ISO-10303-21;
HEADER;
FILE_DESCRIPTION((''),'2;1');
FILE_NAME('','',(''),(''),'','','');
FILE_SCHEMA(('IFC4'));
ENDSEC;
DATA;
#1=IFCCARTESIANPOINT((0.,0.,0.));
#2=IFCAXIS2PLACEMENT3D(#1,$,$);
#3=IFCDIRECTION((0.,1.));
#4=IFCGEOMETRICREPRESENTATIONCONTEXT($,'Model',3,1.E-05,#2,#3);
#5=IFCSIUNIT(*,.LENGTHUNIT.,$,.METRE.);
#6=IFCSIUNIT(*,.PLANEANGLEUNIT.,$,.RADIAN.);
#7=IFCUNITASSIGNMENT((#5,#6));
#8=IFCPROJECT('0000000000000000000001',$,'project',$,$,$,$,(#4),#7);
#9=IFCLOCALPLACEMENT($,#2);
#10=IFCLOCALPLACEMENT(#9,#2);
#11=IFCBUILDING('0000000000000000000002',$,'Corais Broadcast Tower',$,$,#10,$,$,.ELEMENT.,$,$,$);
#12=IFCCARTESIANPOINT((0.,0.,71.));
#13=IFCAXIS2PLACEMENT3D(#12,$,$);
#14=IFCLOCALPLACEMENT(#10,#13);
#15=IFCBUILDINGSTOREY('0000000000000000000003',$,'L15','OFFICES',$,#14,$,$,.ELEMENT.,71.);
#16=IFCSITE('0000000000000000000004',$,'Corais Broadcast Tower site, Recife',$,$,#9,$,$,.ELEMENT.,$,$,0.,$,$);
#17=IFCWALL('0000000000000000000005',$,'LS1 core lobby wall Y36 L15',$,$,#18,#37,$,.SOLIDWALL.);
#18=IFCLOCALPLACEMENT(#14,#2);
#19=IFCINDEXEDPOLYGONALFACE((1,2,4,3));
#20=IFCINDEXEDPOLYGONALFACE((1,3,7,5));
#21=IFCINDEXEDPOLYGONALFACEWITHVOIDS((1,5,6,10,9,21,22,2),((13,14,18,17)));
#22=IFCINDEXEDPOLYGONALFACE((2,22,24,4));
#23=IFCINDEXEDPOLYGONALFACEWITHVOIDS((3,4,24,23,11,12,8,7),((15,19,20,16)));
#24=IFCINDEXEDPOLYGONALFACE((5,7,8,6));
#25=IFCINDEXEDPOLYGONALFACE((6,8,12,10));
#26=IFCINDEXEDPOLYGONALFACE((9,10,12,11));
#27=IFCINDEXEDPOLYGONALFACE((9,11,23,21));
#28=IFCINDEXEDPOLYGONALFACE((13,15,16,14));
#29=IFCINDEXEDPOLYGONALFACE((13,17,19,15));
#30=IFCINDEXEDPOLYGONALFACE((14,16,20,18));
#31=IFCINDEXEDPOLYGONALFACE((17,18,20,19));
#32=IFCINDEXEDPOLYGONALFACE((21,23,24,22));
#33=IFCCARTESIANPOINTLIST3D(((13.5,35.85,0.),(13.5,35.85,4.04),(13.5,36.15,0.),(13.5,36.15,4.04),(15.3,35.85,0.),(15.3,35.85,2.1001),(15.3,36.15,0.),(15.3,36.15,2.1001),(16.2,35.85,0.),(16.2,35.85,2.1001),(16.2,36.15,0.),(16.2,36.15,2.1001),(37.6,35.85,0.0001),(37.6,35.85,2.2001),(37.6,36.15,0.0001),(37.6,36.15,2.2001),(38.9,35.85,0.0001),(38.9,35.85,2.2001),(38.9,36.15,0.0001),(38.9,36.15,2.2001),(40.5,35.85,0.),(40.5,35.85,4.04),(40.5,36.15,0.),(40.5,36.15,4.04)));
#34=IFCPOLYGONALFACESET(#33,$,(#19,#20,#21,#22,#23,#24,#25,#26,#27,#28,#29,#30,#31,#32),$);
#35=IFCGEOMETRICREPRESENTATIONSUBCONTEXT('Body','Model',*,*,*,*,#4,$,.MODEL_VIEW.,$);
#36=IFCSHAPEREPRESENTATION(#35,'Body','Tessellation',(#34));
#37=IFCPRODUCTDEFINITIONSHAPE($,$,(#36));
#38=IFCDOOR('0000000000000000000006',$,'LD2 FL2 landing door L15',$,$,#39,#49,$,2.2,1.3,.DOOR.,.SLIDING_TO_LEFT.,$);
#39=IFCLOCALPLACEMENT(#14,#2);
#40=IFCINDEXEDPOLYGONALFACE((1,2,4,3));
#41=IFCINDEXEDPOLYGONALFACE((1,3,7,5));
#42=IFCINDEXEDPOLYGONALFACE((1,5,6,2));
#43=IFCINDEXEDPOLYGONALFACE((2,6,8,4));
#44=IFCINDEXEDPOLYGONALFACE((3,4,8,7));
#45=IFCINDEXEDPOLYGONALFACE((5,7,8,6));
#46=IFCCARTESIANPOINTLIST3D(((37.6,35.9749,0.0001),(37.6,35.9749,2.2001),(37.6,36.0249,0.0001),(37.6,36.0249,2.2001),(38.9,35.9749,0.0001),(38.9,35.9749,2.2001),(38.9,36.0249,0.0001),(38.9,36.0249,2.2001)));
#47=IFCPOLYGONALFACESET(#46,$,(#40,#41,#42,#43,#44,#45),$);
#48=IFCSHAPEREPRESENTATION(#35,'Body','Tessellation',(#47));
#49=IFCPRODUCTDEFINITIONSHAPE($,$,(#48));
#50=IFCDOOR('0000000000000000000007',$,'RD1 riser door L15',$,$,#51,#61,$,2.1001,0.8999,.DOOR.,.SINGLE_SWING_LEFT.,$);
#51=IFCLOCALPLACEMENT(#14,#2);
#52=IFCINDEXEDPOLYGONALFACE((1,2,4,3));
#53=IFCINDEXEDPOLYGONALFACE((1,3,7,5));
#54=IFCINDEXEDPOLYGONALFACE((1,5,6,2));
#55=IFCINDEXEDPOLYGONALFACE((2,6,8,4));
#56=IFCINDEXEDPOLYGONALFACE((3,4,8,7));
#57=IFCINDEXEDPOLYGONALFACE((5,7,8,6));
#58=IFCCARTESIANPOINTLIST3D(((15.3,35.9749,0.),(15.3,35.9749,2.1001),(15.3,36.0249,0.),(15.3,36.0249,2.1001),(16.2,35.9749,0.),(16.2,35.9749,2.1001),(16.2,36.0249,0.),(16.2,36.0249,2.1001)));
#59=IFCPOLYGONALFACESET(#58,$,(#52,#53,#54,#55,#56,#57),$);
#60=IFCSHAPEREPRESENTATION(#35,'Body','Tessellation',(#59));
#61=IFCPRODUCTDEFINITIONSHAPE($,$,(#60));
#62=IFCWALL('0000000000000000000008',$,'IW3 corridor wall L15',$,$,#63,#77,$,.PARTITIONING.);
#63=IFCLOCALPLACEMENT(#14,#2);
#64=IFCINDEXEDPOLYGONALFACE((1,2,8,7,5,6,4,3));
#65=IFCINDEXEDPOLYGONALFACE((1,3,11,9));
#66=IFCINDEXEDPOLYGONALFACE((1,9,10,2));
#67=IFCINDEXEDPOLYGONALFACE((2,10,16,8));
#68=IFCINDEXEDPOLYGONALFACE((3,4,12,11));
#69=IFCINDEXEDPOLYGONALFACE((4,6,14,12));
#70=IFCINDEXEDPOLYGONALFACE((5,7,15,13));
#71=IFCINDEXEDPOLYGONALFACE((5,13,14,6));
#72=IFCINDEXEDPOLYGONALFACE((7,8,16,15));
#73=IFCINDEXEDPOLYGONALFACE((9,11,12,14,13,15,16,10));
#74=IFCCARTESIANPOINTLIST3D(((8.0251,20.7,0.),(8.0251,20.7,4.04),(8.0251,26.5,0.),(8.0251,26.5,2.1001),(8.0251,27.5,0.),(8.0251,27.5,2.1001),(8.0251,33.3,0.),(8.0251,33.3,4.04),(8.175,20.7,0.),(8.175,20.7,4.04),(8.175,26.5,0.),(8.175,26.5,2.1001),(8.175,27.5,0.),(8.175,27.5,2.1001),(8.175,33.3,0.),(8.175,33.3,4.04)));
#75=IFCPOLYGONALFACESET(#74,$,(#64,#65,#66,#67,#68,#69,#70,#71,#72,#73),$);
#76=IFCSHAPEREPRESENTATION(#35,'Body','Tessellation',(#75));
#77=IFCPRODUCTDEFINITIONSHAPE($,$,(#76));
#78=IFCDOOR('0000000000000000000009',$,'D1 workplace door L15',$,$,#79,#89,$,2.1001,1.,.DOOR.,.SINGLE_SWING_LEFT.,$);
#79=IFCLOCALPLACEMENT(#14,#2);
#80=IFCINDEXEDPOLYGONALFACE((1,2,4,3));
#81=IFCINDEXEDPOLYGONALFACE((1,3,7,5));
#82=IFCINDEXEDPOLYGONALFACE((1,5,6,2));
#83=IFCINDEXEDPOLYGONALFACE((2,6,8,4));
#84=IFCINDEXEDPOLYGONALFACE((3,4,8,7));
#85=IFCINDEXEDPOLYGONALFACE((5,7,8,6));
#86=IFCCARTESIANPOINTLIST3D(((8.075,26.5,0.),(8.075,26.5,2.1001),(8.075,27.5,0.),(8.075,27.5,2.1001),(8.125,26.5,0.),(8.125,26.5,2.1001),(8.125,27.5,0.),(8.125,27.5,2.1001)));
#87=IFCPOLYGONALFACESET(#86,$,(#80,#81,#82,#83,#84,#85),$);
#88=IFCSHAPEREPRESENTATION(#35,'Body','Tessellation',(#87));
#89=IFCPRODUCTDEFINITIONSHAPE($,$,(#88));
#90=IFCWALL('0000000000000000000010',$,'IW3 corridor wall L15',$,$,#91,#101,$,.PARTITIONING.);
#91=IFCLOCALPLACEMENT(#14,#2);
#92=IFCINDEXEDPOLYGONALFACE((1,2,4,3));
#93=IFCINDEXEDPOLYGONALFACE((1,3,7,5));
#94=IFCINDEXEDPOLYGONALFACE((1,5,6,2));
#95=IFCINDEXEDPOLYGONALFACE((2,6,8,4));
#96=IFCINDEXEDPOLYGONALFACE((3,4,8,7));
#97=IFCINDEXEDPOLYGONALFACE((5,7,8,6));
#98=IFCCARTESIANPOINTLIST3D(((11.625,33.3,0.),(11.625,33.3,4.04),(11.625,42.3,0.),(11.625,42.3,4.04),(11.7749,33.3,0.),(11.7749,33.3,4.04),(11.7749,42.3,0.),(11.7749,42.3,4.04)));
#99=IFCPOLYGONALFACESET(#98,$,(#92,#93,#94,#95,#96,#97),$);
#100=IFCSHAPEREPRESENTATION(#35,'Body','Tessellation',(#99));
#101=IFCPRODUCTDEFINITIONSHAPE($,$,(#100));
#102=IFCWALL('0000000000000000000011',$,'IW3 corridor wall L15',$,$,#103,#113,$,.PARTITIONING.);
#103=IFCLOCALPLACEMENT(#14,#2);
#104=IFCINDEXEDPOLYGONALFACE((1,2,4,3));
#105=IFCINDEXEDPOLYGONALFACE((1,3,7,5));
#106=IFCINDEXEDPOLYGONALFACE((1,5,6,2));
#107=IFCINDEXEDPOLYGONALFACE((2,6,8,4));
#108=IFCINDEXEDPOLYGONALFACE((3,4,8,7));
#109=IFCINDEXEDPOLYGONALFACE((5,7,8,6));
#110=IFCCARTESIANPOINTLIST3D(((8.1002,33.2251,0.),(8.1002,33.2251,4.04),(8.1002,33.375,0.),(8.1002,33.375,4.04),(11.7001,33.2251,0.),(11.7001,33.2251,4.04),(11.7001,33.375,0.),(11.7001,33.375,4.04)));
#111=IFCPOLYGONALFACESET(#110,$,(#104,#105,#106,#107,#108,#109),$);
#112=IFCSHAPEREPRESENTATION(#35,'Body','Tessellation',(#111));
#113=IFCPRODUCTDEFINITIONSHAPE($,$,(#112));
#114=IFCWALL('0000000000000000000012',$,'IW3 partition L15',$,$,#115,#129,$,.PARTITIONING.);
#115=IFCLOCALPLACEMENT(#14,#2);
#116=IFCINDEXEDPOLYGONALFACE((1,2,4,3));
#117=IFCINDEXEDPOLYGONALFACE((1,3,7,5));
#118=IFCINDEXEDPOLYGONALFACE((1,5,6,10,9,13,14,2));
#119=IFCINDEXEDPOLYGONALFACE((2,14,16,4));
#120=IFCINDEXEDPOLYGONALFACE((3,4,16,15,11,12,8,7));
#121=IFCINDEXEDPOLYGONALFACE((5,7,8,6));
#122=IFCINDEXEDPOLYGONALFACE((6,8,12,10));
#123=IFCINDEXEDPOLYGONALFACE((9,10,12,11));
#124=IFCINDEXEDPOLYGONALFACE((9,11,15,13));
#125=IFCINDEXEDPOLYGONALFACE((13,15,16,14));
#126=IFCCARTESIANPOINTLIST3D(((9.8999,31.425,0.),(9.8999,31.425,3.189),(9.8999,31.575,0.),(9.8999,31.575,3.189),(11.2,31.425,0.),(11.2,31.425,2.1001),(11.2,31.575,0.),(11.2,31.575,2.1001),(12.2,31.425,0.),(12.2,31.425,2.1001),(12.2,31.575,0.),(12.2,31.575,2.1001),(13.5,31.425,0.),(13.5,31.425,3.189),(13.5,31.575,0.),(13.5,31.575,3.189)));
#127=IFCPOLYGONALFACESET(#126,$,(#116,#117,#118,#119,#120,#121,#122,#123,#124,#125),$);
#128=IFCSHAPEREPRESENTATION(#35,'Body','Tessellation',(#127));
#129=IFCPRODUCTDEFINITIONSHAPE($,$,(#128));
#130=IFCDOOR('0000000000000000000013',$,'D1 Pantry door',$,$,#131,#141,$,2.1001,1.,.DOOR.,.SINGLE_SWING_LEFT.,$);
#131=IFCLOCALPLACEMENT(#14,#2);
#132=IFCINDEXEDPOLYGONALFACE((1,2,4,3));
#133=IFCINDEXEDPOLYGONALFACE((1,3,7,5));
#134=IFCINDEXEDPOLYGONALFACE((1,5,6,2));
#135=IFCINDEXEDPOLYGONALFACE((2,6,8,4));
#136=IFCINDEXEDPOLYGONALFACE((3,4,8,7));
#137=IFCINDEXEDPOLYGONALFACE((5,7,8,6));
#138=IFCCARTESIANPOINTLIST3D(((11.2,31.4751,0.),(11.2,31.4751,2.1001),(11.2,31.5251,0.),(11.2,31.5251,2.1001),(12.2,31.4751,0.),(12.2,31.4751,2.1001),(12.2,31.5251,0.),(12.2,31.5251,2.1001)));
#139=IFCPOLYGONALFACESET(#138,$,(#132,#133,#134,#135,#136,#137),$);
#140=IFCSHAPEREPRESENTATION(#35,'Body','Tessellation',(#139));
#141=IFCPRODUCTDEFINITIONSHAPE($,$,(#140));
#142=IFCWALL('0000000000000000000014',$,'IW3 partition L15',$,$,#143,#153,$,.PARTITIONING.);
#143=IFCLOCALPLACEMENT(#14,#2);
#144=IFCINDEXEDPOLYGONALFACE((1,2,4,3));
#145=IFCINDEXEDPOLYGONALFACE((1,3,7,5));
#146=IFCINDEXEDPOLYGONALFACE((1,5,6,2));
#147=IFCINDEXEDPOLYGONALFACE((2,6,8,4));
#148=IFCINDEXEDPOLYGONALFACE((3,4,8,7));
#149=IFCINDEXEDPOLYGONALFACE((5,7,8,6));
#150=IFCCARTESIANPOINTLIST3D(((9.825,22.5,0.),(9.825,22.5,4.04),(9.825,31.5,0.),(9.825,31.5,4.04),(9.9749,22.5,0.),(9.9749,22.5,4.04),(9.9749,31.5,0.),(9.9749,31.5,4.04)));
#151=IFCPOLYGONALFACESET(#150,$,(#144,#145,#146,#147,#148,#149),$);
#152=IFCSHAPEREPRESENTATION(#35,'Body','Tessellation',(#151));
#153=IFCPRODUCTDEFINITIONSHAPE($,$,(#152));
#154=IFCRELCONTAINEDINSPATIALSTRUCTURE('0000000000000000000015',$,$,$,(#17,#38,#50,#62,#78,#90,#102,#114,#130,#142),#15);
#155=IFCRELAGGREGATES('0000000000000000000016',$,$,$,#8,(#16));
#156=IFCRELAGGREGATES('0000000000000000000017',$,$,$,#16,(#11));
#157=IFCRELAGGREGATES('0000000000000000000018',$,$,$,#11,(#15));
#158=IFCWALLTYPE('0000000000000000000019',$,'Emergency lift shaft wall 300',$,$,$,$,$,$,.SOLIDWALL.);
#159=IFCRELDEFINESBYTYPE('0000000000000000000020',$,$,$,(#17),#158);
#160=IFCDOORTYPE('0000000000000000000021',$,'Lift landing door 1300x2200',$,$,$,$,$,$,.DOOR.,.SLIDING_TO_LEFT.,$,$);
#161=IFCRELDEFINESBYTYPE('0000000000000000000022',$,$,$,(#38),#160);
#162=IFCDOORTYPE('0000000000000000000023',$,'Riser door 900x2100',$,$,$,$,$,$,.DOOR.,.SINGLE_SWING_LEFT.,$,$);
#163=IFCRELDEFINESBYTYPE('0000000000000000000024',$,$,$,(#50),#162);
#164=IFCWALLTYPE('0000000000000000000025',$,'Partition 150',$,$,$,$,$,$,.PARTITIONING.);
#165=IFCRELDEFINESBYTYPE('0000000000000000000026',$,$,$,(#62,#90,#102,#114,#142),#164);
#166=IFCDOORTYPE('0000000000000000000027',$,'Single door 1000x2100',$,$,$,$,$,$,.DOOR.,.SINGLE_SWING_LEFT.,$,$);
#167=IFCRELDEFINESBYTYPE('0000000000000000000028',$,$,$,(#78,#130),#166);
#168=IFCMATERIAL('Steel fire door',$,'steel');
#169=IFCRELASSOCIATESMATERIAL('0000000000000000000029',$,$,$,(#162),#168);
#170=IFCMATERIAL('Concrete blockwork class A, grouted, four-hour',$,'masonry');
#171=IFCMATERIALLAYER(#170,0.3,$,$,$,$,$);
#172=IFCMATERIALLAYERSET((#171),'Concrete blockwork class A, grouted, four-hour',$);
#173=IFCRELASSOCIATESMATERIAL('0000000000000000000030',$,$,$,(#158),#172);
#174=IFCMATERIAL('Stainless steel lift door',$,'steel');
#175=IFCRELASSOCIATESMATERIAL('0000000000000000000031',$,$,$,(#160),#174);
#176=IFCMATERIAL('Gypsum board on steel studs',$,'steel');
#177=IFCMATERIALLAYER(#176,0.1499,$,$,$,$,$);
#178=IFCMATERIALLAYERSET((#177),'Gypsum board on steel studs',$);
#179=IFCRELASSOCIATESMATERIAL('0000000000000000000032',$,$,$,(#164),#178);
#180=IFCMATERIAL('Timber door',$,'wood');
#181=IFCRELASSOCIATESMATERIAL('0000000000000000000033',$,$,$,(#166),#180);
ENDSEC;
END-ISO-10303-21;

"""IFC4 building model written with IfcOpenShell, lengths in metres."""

from ifc_helpers import new_model, si_unit, direction, frame, frame_2d, origin, place, context, subcontext, project, spatial, rectangle, extrude, material, layer, layer_set, type_object, element, fill, save


model = new_model("IFC4")

# Units and contexts
model_context = context("Model", 3, precision=1e-05, world=origin(), true_north=direction((0.0, 1.0)))
body_context = subcontext(model_context, "Body", "Model", "MODEL_VIEW")
ifc_project = project(units=[si_unit("LENGTHUNIT", "METRE"), si_unit("PLANEANGLEUNIT", "RADIAN")], contexts=[model_context])

# Site, building, storey
site_placement = place(None, origin())
site = spatial("IfcSite", under=ifc_project, at=site_placement, Name="Corais Broadcast Tower site, Recife", CompositionType="ELEMENT", RefElevation=0.0)
building_placement = place(site_placement, origin())
building = spatial("IfcBuilding", under=site, at=building_placement, Name="Corais Broadcast Tower", CompositionType="ELEMENT")
storey_placement = place(building_placement, frame((0.0, 0.0, 71.0)))
storey = spatial("IfcBuildingStorey", under=building, at=storey_placement, Name="L15", Description="OFFICES", CompositionType="ELEMENT", Elevation=71.0)

# Wall, openings, doors
ifc_material_1 = material(Name="Steel fire door", Category="steel")
door_type_1 = type_object("IfcDoorType", Name="Riser door 900x2100", OperationType="SINGLE_SWING_LEFT", PredefinedType="DOOR", material=ifc_material_1)
ifc_material_2 = material(Name="Concrete blockwork class A, grouted, four-hour", Category="masonry")
ifc_layer_1 = layer(ifc_material_2, 0.3)
ifc_layer_set_1 = layer_set([ifc_layer_1], Name="Concrete blockwork class A, grouted, four-hour")
wall_type_1 = type_object("IfcWallType", Name="Emergency lift shaft wall 300", PredefinedType="SOLIDWALL", material=ifc_layer_set_1)
wall_1_placement = place(storey_placement, frame((13.5, 36.0, 0.0), z_axis=(0.0, 0.0, 1.0), x_axis=(1.0, 0.0, 0.0)))
wall_1 = element("IfcWall", 1, at=wall_1_placement, inside=storey, type_object=wall_type_1, Name="LS1 core lobby wall Y36 L15", PredefinedType="SOLIDWALL", context=body_context, shape_type="SweptSolid", body=[
    extrude(rectangle(XDim=27.0, YDim=0.3, at=frame_2d((13.5, 0.0))), origin(), (0.0, 0.0, 1.0), 4.04),
])
opening_1_placement = place(wall_1_placement, frame((1.8, 0.0, 0.0)))
opening_1 = element("IfcOpeningElement", 2, at=opening_1_placement, cuts=wall_1, PredefinedType="OPENING", context=body_context, shape_type="SweptSolid", body=[
    extrude(rectangle(XDim=0.8999, YDim=2.1001, at=frame_2d((0.45, 1.05))), frame((0.0, 0.1599, 0.0), z_axis=(0.0, -1.0, 0.0), x_axis=(1.0, 0.0, 0.0)), (0.0, 0.0, 1.0), 0.3201),
])
opening_2_placement = place(wall_1_placement, frame((24.1001, 0.0, 0.0)))
opening_2 = element("IfcOpeningElement", 3, at=opening_2_placement, cuts=wall_1, PredefinedType="OPENING", context=body_context, shape_type="SweptSolid", body=[
    extrude(rectangle(XDim=1.3, YDim=2.2, at=frame_2d((0.6499, 1.1001))), frame((0.0, 0.1599, 0.0), z_axis=(0.0, -1.0, 0.0), x_axis=(1.0, 0.0, 0.0)), (0.0, 0.0, 1.0), 0.3201),
])
ifc_material_3 = material(Name="Stainless steel lift door", Category="steel")
door_type_2 = type_object("IfcDoorType", Name="Lift landing door 1300x2200", OperationType="SLIDING_TO_LEFT", PredefinedType="DOOR", material=ifc_material_3)
door_1_placement = place(opening_2_placement, origin())
door_1 = element("IfcDoor", 4, at=door_1_placement, inside=storey, type_object=door_type_2, Name="LD2 FL2 landing door L15", OperationType="SLIDING_TO_LEFT", OverallHeight=2.2, OverallWidth=1.3, PredefinedType="DOOR", context=body_context, shape_type="SweptSolid", body=[
    extrude(rectangle(XDim=1.3, YDim=2.2, at=frame_2d((0.6499, 1.1001))), frame((0.0, 0.0249, 0.0), z_axis=(0.0, -1.0, 0.0), x_axis=(1.0, 0.0, 0.0)), (0.0, 0.0, 1.0), 0.05),
])
fill(opening_2, door_1)
door_2_placement = place(opening_1_placement, origin())
door_2 = element("IfcDoor", 5, at=door_2_placement, inside=storey, type_object=door_type_1, Name="RD1 riser door L15", OperationType="SINGLE_SWING_LEFT", OverallHeight=2.1001, OverallWidth=0.8999, PredefinedType="DOOR", context=body_context, shape_type="SweptSolid", body=[
    extrude(rectangle(XDim=0.8999, YDim=2.1001, at=frame_2d((0.45, 1.05))), frame((0.0, 0.0249, 0.0), z_axis=(0.0, -1.0, 0.0), x_axis=(1.0, 0.0, 0.0)), (0.0, 0.0, 1.0), 0.05),
])
fill(opening_1, door_2)

# Wall, opening, door
ifc_material_4 = material(Name="Gypsum board on steel studs", Category="steel")
ifc_layer_2 = layer(ifc_material_4, 0.1499)
ifc_layer_set_2 = layer_set([ifc_layer_2], Name="Gypsum board on steel studs")
wall_type_2 = type_object("IfcWallType", Name="Partition 150", PredefinedType="PARTITIONING", material=ifc_layer_set_2)
wall_2_placement = place(storey_placement, frame((8.1001, 33.3, 0.0), z_axis=(0.0, 0.0, 1.0), x_axis=(0.0, -1.0, 0.0)))
wall_2 = element("IfcWall", 6, at=wall_2_placement, inside=storey, type_object=wall_type_2, Name="IW3 corridor wall L15", PredefinedType="PARTITIONING", context=body_context, shape_type="SweptSolid", body=[
    extrude(rectangle(XDim=12.6001, YDim=0.1499, at=frame_2d((6.3, 0.0))), origin(), (0.0, 0.0, 1.0), 4.04),
])
opening_3_placement = place(wall_2_placement, frame((5.8, 0.0, 0.0)))
opening_3 = element("IfcOpeningElement", 7, at=opening_3_placement, cuts=wall_2, PredefinedType="OPENING", context=body_context, shape_type="SweptSolid", body=[
    extrude(rectangle(XDim=1.0, YDim=2.1001, at=frame_2d((0.5, 1.05))), frame((0.0, 0.085, 0.0), z_axis=(0.0, -1.0, 0.0), x_axis=(1.0, 0.0, 0.0)), (0.0, 0.0, 1.0), 0.1699),
])
ifc_material_5 = material(Name="Timber door", Category="wood")
door_type_3 = type_object("IfcDoorType", Name="Single door 1000x2100", OperationType="SINGLE_SWING_LEFT", PredefinedType="DOOR", material=ifc_material_5)
door_3_placement = place(opening_3_placement, origin())
door_3 = element("IfcDoor", 8, at=door_3_placement, inside=storey, type_object=door_type_3, Name="D1 workplace door L15", OperationType="SINGLE_SWING_LEFT", OverallHeight=2.1001, OverallWidth=1.0, PredefinedType="DOOR", context=body_context, shape_type="SweptSolid", body=[
    extrude(rectangle(XDim=1.0, YDim=2.1001, at=frame_2d((0.5, 1.05))), frame((0.0, 0.0249, 0.0), z_axis=(0.0, -1.0, 0.0), x_axis=(1.0, 0.0, 0.0)), (0.0, 0.0, 1.0), 0.05),
])
fill(opening_3, door_3)

# Walls
wall_3_placement = place(storey_placement, frame((11.7, 42.3, 0.0), z_axis=(0.0, 0.0, 1.0), x_axis=(0.0, -1.0, 0.0)))
element("IfcWall", 9, at=wall_3_placement, inside=storey, type_object=wall_type_2, Name="IW3 corridor wall L15", PredefinedType="PARTITIONING", context=body_context, shape_type="SweptSolid", body=[
    extrude(rectangle(XDim=9.0, YDim=0.1499, at=frame_2d((4.5, 0.0))), origin(), (0.0, 0.0, 1.0), 4.04),
])
wall_4_placement = place(storey_placement, frame((11.7, 33.3, 0.0), z_axis=(0.0, 0.0, 1.0), x_axis=(-1.0, 0.0, 0.0)))
element("IfcWall", 10, at=wall_4_placement, inside=storey, type_object=wall_type_2, Name="IW3 corridor wall L15", PredefinedType="PARTITIONING", context=body_context, shape_type="SweptSolid", body=[
    extrude(rectangle(XDim=3.5999, YDim=0.1499, at=frame_2d((1.7998, 0.0))), origin(), (0.0, 0.0, 1.0), 4.04),
])

# Wall, opening, door
wall_5_placement = place(storey_placement, frame((13.5, 31.5, 0.0), z_axis=(0.0, 0.0, 1.0), x_axis=(-1.0, 0.0, 0.0)))
wall_5 = element("IfcWall", 11, at=wall_5_placement, inside=storey, type_object=wall_type_2, Name="IW3 partition L15", PredefinedType="PARTITIONING", context=body_context, shape_type="SweptSolid", body=[
    extrude(rectangle(XDim=3.6001, YDim=0.1499, at=frame_2d((1.8, 0.0))), origin(), (0.0, 0.0, 1.0), 3.189),
])
opening_4_placement = place(wall_5_placement, frame((1.3, 0.0, 0.0)))
opening_4 = element("IfcOpeningElement", 12, at=opening_4_placement, cuts=wall_5, PredefinedType="OPENING", context=body_context, shape_type="SweptSolid", body=[
    extrude(rectangle(XDim=1.0, YDim=2.1001, at=frame_2d((0.5, 1.05))), frame((0.0, 0.085, 0.0), z_axis=(0.0, -1.0, 0.0), x_axis=(1.0, 0.0, 0.0)), (0.0, 0.0, 1.0), 0.1699),
])
door_4_placement = place(opening_4_placement, origin())
door_4 = element("IfcDoor", 13, at=door_4_placement, inside=storey, type_object=door_type_3, Name="D1 Pantry door", OperationType="SINGLE_SWING_LEFT", OverallHeight=2.1001, OverallWidth=1.0, PredefinedType="DOOR", context=body_context, shape_type="SweptSolid", body=[
    extrude(rectangle(XDim=1.0, YDim=2.1001, at=frame_2d((0.5, 1.05))), frame((0.0, 0.0249, 0.0), z_axis=(0.0, -1.0, 0.0), x_axis=(1.0, 0.0, 0.0)), (0.0, 0.0, 1.0), 0.05),
])
fill(opening_4, door_4)

# Wall
wall_6_placement = place(storey_placement, frame((9.8999, 31.5, 0.0), z_axis=(0.0, 0.0, 1.0), x_axis=(0.0, -1.0, 0.0)))
element("IfcWall", 14, at=wall_6_placement, inside=storey, type_object=wall_type_2, Name="IW3 partition L15", PredefinedType="PARTITIONING", context=body_context, shape_type="SweptSolid", body=[
    extrude(rectangle(XDim=9.0, YDim=0.1499, at=frame_2d((4.5, 0.0))), origin(), (0.0, 0.0, 1.0), 4.04),
])

save(model, "model.ifc")
